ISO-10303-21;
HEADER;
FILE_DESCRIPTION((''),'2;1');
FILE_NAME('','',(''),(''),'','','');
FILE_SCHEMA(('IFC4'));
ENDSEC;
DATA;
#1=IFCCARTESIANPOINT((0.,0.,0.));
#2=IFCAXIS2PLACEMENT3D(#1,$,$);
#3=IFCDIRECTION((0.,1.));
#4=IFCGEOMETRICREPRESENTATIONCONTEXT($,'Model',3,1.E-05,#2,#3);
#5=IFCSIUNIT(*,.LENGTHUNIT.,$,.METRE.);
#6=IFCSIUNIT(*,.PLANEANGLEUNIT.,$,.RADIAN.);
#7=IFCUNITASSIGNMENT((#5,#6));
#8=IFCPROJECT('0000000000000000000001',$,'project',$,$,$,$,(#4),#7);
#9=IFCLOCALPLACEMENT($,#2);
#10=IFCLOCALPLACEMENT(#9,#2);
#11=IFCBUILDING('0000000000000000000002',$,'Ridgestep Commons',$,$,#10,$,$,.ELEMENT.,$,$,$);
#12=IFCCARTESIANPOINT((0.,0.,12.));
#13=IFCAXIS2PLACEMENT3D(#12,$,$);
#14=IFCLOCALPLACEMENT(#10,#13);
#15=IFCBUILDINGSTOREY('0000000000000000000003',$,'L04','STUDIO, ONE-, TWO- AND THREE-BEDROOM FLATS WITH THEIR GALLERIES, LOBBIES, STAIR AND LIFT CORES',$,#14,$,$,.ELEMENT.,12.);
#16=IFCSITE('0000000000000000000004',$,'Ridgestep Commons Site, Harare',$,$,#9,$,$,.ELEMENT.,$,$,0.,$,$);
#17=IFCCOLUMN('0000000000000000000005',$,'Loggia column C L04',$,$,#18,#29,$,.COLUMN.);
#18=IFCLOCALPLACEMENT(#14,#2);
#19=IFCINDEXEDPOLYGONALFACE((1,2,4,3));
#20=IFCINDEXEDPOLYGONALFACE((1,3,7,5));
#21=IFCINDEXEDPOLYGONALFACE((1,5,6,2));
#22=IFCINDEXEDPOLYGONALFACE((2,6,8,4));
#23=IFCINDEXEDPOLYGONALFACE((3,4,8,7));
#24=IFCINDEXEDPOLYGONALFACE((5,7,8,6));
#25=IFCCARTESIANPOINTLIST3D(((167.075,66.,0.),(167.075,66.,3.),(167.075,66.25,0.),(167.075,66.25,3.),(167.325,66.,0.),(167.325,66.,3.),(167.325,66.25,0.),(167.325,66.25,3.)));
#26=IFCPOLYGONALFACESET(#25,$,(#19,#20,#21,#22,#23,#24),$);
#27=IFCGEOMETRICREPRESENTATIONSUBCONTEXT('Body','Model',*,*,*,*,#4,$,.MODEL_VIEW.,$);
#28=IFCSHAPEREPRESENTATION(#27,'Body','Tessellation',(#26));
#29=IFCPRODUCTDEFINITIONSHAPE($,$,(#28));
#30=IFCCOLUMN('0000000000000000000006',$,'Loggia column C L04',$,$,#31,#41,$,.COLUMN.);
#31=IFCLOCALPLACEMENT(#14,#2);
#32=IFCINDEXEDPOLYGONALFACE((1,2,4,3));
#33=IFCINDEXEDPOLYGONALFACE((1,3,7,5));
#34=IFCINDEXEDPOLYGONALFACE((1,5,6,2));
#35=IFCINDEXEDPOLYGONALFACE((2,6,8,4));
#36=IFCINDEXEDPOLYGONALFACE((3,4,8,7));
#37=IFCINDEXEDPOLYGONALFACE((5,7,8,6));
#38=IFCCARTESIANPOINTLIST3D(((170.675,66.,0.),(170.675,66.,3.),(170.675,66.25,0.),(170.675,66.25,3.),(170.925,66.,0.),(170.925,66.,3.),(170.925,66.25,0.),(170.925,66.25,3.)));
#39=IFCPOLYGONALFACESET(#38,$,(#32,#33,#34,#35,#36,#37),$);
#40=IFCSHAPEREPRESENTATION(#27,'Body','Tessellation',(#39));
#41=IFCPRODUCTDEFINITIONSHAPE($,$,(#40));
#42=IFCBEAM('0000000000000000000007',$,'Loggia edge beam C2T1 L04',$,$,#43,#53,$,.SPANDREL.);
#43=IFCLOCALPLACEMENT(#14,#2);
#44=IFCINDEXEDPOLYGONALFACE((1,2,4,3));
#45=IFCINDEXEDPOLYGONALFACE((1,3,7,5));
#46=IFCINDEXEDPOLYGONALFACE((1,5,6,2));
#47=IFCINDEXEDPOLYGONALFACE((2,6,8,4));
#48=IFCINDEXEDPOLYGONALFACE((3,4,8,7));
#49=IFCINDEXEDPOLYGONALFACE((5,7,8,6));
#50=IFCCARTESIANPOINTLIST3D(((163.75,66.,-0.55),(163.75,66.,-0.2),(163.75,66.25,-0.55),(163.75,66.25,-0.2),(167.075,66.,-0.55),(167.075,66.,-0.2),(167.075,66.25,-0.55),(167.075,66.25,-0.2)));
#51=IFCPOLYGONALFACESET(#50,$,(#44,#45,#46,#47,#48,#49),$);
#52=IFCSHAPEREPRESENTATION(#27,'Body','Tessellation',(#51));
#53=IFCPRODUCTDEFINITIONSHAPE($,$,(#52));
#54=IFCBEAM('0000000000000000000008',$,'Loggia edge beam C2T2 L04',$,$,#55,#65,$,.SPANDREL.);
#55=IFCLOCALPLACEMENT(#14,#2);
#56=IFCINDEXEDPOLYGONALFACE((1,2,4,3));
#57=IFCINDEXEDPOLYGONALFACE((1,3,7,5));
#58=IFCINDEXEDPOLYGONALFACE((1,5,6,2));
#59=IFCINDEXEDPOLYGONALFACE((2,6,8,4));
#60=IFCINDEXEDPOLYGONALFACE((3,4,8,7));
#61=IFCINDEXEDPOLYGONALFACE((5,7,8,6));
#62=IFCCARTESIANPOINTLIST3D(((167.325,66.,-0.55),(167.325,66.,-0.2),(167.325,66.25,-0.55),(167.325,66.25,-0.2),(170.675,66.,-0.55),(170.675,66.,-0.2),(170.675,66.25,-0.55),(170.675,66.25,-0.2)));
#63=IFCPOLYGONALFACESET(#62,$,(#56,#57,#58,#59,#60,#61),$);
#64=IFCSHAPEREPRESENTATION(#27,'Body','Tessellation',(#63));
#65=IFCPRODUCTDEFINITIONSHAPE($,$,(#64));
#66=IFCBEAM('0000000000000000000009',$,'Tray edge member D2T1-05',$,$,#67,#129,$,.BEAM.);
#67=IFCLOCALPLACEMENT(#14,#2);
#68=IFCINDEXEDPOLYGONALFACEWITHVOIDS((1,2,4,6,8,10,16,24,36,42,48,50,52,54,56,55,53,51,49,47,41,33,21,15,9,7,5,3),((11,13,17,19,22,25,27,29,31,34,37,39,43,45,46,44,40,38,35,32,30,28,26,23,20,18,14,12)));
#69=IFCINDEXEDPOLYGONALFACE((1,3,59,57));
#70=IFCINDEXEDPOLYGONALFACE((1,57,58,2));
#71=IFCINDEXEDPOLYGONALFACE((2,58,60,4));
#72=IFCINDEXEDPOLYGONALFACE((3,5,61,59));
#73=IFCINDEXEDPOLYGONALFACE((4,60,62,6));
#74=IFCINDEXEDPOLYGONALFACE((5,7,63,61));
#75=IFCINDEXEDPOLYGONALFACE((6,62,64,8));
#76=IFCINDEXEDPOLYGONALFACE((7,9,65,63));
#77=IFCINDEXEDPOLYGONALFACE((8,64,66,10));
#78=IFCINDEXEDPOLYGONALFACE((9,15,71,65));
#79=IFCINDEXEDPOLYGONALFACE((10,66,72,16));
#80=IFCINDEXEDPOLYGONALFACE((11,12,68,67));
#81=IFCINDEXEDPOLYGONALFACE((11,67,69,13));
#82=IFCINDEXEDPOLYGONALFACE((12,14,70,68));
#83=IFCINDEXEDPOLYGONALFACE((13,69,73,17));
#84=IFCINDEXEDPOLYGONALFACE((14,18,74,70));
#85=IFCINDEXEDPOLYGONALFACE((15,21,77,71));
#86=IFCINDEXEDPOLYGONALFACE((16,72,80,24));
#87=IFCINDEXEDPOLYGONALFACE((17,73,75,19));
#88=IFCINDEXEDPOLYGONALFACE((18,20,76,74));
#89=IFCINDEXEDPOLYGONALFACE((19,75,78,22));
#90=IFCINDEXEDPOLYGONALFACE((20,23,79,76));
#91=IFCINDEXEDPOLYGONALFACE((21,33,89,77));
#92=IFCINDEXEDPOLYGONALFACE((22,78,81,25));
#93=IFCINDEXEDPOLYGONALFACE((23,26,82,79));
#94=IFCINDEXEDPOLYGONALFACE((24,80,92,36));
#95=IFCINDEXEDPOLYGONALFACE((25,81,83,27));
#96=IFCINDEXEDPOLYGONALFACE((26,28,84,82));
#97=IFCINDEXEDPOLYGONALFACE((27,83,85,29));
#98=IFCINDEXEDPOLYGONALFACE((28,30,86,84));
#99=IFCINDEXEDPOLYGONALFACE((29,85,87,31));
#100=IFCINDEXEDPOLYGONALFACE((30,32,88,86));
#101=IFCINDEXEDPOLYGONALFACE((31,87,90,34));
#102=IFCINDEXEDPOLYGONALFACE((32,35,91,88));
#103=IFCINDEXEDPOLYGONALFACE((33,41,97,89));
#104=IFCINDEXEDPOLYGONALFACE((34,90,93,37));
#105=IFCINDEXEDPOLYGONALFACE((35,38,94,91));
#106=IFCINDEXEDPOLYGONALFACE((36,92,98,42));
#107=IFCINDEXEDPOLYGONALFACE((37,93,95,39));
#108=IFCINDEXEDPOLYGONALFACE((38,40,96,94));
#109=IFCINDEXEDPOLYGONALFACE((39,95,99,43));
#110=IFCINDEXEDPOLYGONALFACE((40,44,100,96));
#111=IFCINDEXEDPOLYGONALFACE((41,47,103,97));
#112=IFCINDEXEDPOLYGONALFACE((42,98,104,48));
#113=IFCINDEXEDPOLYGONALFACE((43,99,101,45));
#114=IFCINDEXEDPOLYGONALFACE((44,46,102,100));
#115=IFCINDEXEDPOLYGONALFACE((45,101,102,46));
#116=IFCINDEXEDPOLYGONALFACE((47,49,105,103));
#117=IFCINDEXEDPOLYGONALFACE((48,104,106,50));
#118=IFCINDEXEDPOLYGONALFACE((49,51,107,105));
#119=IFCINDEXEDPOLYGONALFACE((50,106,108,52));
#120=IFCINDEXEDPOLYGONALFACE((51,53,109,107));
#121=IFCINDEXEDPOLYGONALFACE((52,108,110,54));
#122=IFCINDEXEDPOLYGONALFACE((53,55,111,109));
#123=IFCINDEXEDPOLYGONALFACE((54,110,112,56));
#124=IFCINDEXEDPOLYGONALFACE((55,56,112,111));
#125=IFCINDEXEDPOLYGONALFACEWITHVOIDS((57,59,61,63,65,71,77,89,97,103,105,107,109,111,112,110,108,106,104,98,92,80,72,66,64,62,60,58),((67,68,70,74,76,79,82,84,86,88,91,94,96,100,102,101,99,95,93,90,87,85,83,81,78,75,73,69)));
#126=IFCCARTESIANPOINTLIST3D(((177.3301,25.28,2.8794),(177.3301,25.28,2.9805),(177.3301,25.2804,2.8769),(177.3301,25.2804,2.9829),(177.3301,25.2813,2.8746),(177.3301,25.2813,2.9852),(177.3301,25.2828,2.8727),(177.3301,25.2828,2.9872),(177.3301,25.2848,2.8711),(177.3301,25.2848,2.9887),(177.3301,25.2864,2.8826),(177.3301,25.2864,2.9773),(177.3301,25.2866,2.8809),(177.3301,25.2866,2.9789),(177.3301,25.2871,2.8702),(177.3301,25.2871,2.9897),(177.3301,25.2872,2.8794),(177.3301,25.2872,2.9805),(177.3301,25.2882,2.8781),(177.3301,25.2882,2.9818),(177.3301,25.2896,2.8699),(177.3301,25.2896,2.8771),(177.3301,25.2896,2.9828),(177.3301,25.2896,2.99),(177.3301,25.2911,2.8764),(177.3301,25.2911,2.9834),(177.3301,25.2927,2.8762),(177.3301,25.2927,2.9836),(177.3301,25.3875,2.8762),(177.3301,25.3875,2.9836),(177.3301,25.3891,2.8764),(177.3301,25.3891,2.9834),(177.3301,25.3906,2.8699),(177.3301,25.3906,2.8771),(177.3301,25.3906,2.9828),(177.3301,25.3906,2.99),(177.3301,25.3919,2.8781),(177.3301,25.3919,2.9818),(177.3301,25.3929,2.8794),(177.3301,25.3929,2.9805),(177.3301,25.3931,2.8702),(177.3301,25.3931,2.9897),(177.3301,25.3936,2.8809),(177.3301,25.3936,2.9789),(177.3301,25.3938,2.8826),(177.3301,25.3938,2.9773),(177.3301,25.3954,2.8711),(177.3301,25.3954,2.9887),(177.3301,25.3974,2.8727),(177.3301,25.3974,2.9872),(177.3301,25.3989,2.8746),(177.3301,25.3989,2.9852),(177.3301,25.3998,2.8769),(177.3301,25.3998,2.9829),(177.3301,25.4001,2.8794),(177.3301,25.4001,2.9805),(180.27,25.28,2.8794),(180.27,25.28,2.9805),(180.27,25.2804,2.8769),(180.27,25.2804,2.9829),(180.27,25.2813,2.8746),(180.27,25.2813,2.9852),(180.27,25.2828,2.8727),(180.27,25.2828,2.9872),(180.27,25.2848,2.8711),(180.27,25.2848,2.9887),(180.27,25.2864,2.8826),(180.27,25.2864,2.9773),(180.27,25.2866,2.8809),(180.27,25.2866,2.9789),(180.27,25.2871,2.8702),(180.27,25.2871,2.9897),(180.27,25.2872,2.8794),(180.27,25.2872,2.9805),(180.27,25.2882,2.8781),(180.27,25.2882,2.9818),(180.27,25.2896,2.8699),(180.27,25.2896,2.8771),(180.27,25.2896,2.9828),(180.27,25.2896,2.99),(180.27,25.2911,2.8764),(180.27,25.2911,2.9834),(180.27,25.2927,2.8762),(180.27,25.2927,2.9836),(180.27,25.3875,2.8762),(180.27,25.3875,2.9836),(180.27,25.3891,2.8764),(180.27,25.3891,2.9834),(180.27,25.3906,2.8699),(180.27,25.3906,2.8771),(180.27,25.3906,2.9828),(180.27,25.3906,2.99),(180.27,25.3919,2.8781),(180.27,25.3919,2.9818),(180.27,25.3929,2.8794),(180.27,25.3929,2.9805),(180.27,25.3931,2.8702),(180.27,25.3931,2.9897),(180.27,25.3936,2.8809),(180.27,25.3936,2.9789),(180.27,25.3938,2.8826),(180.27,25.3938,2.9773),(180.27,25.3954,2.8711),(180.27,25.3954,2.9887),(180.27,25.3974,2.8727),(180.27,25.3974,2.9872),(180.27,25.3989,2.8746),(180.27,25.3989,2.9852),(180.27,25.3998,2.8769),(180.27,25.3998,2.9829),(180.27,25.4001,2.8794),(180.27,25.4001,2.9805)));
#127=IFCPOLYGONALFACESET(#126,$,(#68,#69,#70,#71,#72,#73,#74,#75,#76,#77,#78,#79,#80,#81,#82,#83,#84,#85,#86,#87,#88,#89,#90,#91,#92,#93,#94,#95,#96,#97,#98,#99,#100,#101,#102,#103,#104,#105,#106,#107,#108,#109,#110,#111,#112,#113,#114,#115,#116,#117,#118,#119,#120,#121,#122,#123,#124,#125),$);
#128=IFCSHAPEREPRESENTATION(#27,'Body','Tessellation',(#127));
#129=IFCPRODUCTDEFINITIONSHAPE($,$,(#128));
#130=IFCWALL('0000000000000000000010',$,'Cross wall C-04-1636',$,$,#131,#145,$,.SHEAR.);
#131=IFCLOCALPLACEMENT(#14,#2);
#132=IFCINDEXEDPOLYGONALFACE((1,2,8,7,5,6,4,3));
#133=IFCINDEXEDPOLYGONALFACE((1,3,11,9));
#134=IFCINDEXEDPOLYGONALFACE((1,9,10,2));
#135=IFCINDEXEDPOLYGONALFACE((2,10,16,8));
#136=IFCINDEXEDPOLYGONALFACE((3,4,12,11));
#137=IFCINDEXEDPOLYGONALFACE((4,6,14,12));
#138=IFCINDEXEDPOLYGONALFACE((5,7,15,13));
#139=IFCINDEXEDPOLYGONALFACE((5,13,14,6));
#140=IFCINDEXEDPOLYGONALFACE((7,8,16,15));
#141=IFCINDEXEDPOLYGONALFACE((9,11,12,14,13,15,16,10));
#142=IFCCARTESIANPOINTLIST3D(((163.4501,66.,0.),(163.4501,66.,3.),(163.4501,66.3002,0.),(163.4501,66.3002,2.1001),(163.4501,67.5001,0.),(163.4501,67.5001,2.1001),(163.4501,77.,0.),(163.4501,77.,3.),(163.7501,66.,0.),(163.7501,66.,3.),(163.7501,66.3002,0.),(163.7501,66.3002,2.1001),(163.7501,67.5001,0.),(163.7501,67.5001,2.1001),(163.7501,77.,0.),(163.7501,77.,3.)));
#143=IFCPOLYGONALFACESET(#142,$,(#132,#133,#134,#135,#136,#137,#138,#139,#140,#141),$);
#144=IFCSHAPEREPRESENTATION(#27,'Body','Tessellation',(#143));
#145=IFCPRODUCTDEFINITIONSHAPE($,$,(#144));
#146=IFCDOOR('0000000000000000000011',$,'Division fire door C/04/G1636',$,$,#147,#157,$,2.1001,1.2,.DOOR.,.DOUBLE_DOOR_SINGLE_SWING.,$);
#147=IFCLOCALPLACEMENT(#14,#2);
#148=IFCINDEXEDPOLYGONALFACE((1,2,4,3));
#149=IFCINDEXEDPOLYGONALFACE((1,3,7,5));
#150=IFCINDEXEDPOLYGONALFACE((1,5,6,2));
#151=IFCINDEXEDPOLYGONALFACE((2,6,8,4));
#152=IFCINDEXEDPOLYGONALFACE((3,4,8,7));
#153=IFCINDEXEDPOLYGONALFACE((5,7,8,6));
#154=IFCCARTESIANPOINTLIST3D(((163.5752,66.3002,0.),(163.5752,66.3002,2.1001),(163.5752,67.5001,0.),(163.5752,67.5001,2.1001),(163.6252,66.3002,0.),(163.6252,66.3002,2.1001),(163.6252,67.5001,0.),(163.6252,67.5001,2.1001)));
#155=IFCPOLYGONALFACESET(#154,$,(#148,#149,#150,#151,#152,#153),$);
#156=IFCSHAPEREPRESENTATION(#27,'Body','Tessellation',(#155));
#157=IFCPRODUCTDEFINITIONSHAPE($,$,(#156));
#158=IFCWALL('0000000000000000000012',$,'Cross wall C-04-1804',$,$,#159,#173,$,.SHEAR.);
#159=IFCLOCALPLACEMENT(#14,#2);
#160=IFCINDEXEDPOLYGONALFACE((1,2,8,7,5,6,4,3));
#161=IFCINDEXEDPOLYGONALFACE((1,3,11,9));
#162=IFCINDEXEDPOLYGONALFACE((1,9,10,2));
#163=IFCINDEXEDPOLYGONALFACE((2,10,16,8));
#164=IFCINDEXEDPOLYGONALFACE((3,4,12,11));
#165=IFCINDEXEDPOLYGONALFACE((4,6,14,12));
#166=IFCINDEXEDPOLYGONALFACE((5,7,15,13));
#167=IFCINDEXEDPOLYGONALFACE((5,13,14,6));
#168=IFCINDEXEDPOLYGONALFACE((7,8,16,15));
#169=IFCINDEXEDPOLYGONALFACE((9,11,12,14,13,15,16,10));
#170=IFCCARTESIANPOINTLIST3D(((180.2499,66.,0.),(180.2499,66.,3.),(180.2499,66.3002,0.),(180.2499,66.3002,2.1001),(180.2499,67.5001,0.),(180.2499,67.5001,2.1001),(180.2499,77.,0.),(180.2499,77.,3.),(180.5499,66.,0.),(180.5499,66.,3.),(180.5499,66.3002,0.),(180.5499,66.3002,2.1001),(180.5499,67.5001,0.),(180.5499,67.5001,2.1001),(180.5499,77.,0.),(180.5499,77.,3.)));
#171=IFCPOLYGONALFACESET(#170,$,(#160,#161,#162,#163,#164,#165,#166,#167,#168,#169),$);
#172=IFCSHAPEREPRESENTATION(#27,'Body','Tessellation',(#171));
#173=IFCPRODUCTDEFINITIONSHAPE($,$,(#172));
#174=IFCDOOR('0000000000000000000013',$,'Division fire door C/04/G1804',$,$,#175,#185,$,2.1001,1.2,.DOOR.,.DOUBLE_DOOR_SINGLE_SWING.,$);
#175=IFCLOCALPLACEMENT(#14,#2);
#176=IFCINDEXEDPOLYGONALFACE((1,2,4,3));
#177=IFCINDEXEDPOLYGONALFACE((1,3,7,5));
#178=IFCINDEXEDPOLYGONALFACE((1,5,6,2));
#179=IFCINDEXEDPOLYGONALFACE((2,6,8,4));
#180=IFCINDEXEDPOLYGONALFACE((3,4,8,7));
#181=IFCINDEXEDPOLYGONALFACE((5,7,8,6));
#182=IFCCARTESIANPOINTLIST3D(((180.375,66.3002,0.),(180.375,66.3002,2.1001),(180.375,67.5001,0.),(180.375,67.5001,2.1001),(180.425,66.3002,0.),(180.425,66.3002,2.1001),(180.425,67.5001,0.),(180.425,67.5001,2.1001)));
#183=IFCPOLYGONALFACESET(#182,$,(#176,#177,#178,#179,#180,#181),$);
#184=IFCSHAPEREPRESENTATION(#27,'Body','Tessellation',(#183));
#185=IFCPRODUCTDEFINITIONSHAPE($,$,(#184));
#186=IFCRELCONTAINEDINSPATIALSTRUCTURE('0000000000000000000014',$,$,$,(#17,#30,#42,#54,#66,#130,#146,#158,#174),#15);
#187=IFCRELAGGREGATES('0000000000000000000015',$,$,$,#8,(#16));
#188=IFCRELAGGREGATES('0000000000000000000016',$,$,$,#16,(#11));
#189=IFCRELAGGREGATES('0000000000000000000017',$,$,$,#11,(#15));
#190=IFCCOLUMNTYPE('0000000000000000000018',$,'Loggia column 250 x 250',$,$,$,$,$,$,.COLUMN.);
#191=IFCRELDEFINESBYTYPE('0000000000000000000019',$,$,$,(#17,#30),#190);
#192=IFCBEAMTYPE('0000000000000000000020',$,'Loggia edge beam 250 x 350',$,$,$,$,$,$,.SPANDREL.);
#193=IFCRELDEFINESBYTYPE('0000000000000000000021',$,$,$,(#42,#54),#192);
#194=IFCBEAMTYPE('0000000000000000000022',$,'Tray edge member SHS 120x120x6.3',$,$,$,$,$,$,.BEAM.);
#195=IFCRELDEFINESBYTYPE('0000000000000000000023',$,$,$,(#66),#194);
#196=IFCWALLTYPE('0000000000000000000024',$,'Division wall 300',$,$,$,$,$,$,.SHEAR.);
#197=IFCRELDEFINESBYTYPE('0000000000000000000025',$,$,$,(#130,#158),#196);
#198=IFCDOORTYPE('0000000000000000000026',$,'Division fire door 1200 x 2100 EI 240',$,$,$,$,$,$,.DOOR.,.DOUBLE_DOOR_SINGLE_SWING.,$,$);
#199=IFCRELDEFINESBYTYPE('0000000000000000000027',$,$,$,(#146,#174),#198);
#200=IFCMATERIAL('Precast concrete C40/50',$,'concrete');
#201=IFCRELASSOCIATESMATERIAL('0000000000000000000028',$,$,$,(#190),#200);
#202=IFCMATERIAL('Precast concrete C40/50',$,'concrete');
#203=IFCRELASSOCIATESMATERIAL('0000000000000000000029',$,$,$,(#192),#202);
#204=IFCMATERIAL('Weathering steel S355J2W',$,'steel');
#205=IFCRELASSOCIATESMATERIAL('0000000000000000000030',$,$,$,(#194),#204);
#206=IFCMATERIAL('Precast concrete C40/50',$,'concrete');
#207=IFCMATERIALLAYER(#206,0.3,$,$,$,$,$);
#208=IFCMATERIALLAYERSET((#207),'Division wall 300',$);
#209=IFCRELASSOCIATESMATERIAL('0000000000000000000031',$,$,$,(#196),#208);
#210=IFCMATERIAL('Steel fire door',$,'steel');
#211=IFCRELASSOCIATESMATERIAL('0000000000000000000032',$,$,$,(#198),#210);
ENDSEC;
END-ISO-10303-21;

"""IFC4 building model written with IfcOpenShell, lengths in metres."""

from ifc_helpers import new_model, si_unit, direction, frame, frame_2d, origin, origin_2d, place, context, subcontext, project, spatial, rectangle, hollow_rectangle, extrude, material, layer, layer_set, material_profile, profile_set, type_object, element, fill, save


model = new_model("IFC4")

# Units and contexts
model_context = context("Model", 3, precision=1e-05, world=origin(), true_north=direction((0.0, 1.0)))
body_context = subcontext(model_context, "Body", "Model", "MODEL_VIEW")
ifc_project = project(units=[si_unit("LENGTHUNIT", "METRE"), si_unit("PLANEANGLEUNIT", "RADIAN")], contexts=[model_context])

# Site, building, storey
site_placement = place(None, origin())
site = spatial("IfcSite", under=ifc_project, at=site_placement, Name="Ridgestep Commons Site, Harare", CompositionType="ELEMENT", RefElevation=0.0)
building_placement = place(site_placement, origin())
building = spatial("IfcBuilding", under=site, at=building_placement, Name="Ridgestep Commons", CompositionType="ELEMENT")
storey_placement = place(building_placement, frame((0.0, 0.0, 12.0)))
storey = spatial("IfcBuildingStorey", under=building, at=storey_placement, Name="L04", Description="STUDIO, ONE-, TWO- AND THREE-BEDROOM FLATS WITH THEIR GALLERIES, LOBBIES, STAIR AND LIFT CORES", CompositionType="ELEMENT", Elevation=12.0)

# Columns
ifc_material_1 = material(Name="Precast concrete C40/50", Category="concrete")
ifc_material_profile_1 = material_profile(ifc_material_1, rectangle(XDim=0.25, YDim=0.25, at=origin_2d()), Name="PC 250x250")
ifc_profile_set_1 = profile_set([ifc_material_profile_1], Name="Precast concrete C40/50")
column_type = type_object("IfcColumnType", Name="Loggia column 250 x 250", PredefinedType="COLUMN", material=ifc_profile_set_1)
for number, where, z_axis, x_axis, name in (
    (1, (167.2, 66.125, 0.0), (0.0, 0.0, 1.0), (1.0, 0.0, 0.0), "Loggia column C L04"),
    (2, (170.8, 66.125, 0.0), (0.0, 0.0, 1.0), (1.0, 0.0, 0.0), "Loggia column C L04"),
):
    element("IfcColumn", number, at=place(storey_placement, frame(where, z_axis=z_axis, x_axis=x_axis)), inside=storey, type_object=column_type, Name=name, PredefinedType="COLUMN", context=body_context, shape_type="SweptSolid", body=[
        extrude(rectangle(XDim=0.25, YDim=0.25, at=origin_2d()), origin(), (0.0, 0.0, 1.0), 3.0),
    ])

# Beams
ifc_material_2 = material(Name="Precast concrete C40/50", Category="concrete")
ifc_material_profile_2 = material_profile(ifc_material_2, rectangle(XDim=0.25, YDim=0.3501, at=origin_2d()), Name="PC 250x350")
ifc_profile_set_2 = profile_set([ifc_material_profile_2], Name="Precast concrete C40/50")
beam_type_1 = type_object("IfcBeamType", Name="Loggia edge beam 250 x 350", PredefinedType="SPANDREL", material=ifc_profile_set_2)
beam_1_placement = place(storey_placement, frame((163.75, 66.125, -0.375), z_axis=(1.0, 0.0, 0.0), x_axis=(0.0, 1.0, 0.0)))
element("IfcBeam", 3, at=beam_1_placement, inside=storey, type_object=beam_type_1, Name="Loggia edge beam C2T1 L04", PredefinedType="SPANDREL", context=body_context, shape_type="SweptSolid", body=[
    extrude(rectangle(XDim=0.25, YDim=0.3501, at=origin_2d()), origin(), (0.0, 0.0, 1.0), 3.325),
])
beam_2_placement = place(storey_placement, frame((167.325, 66.125, -0.375), z_axis=(1.0, 0.0, 0.0), x_axis=(0.0, 1.0, 0.0)))
element("IfcBeam", 4, at=beam_2_placement, inside=storey, type_object=beam_type_1, Name="Loggia edge beam C2T2 L04", PredefinedType="SPANDREL", context=body_context, shape_type="SweptSolid", body=[
    extrude(rectangle(XDim=0.25, YDim=0.3501, at=origin_2d()), origin(), (0.0, 0.0, 1.0), 3.3501),
])
ifc_material_3 = material(Name="Weathering steel S355J2W", Category="steel")
ifc_material_profile_3 = material_profile(ifc_material_3, hollow_rectangle(XDim=0.1201, YDim=0.1201, WallThickness=0.0063, InnerFilletRadius=0.0063, OuterFilletRadius=0.0095, at=origin_2d()), Name="SHS 120x120x6.3")
ifc_profile_set_3 = profile_set([ifc_material_profile_3], Name="Weathering steel S355J2W")
beam_type_2 = type_object("IfcBeamType", Name="Tray edge member SHS 120x120x6.3", PredefinedType="BEAM", material=ifc_profile_set_3)
beam_3_placement = place(storey_placement, frame((177.3301, 25.3401, 2.9299), z_axis=(1.0, 0.0, 0.0), x_axis=(0.0, 0.0, 1.0)))
element("IfcBeam", 5, at=beam_3_placement, inside=storey, type_object=beam_type_2, Name="Tray edge member D2T1-05", PredefinedType="BEAM", context=body_context, shape_type="SweptSolid", body=[
    extrude(hollow_rectangle(XDim=0.1201, YDim=0.1201, WallThickness=0.0063, InnerFilletRadius=0.0063, OuterFilletRadius=0.0095, at=origin_2d()), origin(), (0.0, 0.0, 1.0), 2.9399),
])

# Walls, openings, doors
ifc_material_4 = material(Name="Precast concrete C40/50", Category="concrete")
ifc_layer_1 = layer(ifc_material_4, 0.3)
ifc_layer_set_1 = layer_set([ifc_layer_1], Name="Division wall 300")
wall_type = type_object("IfcWallType", Name="Division wall 300", PredefinedType="SHEAR", material=ifc_layer_set_1)
wall_1_placement = place(storey_placement, frame((163.6001, 66.0, 0.0), z_axis=(0.0, 0.0, 1.0), x_axis=(0.0, 1.0, 0.0)))
wall_1 = element("IfcWall", 6, at=wall_1_placement, inside=storey, type_object=wall_type, Name="Cross wall C-04-1636", PredefinedType="SHEAR", context=body_context, shape_type="SweptSolid", body=[
    extrude(rectangle(XDim=11.0, YDim=0.3, at=frame_2d((5.5, 0.0))), origin(), (0.0, 0.0, 1.0), 3.0),
])
opening_1_placement = place(wall_1_placement, frame((0.3, 0.0, 0.0)))
opening_1 = element("IfcOpeningElement", 7, at=opening_1_placement, cuts=wall_1, PredefinedType="OPENING", context=body_context, shape_type="SweptSolid", body=[
    extrude(rectangle(XDim=1.2, YDim=2.1001, at=frame_2d((0.6001, 1.05))), frame((0.0, 0.1599, 0.0), z_axis=(0.0, -1.0, 0.0), x_axis=(1.0, 0.0, 0.0)), (0.0, 0.0, 1.0), 0.3201),
])
ifc_material_5 = material(Name="Steel fire door", Category="steel")
door_type = type_object("IfcDoorType", Name="Division fire door 1200 x 2100 EI 240", OperationType="DOUBLE_DOOR_SINGLE_SWING", PredefinedType="DOOR", material=ifc_material_5)
door_1_placement = place(opening_1_placement, origin())
door_1 = element("IfcDoor", 8, at=door_1_placement, inside=storey, type_object=door_type, Name="Division fire door C/04/G1636", OperationType="DOUBLE_DOOR_SINGLE_SWING", OverallHeight=2.1001, OverallWidth=1.2, PredefinedType="DOOR", context=body_context, shape_type="SweptSolid", body=[
    extrude(rectangle(XDim=1.2, YDim=2.1001, at=frame_2d((0.6001, 1.05))), frame((0.0, 0.0249, 0.0), z_axis=(0.0, -1.0, 0.0), x_axis=(1.0, 0.0, 0.0)), (0.0, 0.0, 1.0), 0.05),
])
fill(opening_1, door_1)
wall_2_placement = place(storey_placement, frame((180.3999, 66.0, 0.0), z_axis=(0.0, 0.0, 1.0), x_axis=(0.0, 1.0, 0.0)))
wall_2 = element("IfcWall", 9, at=wall_2_placement, inside=storey, type_object=wall_type, Name="Cross wall C-04-1804", PredefinedType="SHEAR", context=body_context, shape_type="SweptSolid", body=[
    extrude(rectangle(XDim=11.0, YDim=0.3, at=frame_2d((5.5, 0.0))), origin(), (0.0, 0.0, 1.0), 3.0),
])
opening_2_placement = place(wall_2_placement, frame((0.3, 0.0, 0.0)))
opening_2 = element("IfcOpeningElement", 10, at=opening_2_placement, cuts=wall_2, PredefinedType="OPENING", context=body_context, shape_type="SweptSolid", body=[
    extrude(rectangle(XDim=1.2, YDim=2.1001, at=frame_2d((0.6001, 1.05))), frame((0.0, 0.1599, 0.0), z_axis=(0.0, -1.0, 0.0), x_axis=(1.0, 0.0, 0.0)), (0.0, 0.0, 1.0), 0.3201),
])
door_2_placement = place(opening_2_placement, origin())
door_2 = element("IfcDoor", 11, at=door_2_placement, inside=storey, type_object=door_type, Name="Division fire door C/04/G1804", OperationType="DOUBLE_DOOR_SINGLE_SWING", OverallHeight=2.1001, OverallWidth=1.2, PredefinedType="DOOR", context=body_context, shape_type="SweptSolid", body=[
    extrude(rectangle(XDim=1.2, YDim=2.1001, at=frame_2d((0.6001, 1.05))), frame((0.0, 0.0249, 0.0), z_axis=(0.0, -1.0, 0.0), x_axis=(1.0, 0.0, 0.0)), (0.0, 0.0, 1.0), 0.05),
])
fill(opening_2, door_2)

save(model, "model.ifc")
